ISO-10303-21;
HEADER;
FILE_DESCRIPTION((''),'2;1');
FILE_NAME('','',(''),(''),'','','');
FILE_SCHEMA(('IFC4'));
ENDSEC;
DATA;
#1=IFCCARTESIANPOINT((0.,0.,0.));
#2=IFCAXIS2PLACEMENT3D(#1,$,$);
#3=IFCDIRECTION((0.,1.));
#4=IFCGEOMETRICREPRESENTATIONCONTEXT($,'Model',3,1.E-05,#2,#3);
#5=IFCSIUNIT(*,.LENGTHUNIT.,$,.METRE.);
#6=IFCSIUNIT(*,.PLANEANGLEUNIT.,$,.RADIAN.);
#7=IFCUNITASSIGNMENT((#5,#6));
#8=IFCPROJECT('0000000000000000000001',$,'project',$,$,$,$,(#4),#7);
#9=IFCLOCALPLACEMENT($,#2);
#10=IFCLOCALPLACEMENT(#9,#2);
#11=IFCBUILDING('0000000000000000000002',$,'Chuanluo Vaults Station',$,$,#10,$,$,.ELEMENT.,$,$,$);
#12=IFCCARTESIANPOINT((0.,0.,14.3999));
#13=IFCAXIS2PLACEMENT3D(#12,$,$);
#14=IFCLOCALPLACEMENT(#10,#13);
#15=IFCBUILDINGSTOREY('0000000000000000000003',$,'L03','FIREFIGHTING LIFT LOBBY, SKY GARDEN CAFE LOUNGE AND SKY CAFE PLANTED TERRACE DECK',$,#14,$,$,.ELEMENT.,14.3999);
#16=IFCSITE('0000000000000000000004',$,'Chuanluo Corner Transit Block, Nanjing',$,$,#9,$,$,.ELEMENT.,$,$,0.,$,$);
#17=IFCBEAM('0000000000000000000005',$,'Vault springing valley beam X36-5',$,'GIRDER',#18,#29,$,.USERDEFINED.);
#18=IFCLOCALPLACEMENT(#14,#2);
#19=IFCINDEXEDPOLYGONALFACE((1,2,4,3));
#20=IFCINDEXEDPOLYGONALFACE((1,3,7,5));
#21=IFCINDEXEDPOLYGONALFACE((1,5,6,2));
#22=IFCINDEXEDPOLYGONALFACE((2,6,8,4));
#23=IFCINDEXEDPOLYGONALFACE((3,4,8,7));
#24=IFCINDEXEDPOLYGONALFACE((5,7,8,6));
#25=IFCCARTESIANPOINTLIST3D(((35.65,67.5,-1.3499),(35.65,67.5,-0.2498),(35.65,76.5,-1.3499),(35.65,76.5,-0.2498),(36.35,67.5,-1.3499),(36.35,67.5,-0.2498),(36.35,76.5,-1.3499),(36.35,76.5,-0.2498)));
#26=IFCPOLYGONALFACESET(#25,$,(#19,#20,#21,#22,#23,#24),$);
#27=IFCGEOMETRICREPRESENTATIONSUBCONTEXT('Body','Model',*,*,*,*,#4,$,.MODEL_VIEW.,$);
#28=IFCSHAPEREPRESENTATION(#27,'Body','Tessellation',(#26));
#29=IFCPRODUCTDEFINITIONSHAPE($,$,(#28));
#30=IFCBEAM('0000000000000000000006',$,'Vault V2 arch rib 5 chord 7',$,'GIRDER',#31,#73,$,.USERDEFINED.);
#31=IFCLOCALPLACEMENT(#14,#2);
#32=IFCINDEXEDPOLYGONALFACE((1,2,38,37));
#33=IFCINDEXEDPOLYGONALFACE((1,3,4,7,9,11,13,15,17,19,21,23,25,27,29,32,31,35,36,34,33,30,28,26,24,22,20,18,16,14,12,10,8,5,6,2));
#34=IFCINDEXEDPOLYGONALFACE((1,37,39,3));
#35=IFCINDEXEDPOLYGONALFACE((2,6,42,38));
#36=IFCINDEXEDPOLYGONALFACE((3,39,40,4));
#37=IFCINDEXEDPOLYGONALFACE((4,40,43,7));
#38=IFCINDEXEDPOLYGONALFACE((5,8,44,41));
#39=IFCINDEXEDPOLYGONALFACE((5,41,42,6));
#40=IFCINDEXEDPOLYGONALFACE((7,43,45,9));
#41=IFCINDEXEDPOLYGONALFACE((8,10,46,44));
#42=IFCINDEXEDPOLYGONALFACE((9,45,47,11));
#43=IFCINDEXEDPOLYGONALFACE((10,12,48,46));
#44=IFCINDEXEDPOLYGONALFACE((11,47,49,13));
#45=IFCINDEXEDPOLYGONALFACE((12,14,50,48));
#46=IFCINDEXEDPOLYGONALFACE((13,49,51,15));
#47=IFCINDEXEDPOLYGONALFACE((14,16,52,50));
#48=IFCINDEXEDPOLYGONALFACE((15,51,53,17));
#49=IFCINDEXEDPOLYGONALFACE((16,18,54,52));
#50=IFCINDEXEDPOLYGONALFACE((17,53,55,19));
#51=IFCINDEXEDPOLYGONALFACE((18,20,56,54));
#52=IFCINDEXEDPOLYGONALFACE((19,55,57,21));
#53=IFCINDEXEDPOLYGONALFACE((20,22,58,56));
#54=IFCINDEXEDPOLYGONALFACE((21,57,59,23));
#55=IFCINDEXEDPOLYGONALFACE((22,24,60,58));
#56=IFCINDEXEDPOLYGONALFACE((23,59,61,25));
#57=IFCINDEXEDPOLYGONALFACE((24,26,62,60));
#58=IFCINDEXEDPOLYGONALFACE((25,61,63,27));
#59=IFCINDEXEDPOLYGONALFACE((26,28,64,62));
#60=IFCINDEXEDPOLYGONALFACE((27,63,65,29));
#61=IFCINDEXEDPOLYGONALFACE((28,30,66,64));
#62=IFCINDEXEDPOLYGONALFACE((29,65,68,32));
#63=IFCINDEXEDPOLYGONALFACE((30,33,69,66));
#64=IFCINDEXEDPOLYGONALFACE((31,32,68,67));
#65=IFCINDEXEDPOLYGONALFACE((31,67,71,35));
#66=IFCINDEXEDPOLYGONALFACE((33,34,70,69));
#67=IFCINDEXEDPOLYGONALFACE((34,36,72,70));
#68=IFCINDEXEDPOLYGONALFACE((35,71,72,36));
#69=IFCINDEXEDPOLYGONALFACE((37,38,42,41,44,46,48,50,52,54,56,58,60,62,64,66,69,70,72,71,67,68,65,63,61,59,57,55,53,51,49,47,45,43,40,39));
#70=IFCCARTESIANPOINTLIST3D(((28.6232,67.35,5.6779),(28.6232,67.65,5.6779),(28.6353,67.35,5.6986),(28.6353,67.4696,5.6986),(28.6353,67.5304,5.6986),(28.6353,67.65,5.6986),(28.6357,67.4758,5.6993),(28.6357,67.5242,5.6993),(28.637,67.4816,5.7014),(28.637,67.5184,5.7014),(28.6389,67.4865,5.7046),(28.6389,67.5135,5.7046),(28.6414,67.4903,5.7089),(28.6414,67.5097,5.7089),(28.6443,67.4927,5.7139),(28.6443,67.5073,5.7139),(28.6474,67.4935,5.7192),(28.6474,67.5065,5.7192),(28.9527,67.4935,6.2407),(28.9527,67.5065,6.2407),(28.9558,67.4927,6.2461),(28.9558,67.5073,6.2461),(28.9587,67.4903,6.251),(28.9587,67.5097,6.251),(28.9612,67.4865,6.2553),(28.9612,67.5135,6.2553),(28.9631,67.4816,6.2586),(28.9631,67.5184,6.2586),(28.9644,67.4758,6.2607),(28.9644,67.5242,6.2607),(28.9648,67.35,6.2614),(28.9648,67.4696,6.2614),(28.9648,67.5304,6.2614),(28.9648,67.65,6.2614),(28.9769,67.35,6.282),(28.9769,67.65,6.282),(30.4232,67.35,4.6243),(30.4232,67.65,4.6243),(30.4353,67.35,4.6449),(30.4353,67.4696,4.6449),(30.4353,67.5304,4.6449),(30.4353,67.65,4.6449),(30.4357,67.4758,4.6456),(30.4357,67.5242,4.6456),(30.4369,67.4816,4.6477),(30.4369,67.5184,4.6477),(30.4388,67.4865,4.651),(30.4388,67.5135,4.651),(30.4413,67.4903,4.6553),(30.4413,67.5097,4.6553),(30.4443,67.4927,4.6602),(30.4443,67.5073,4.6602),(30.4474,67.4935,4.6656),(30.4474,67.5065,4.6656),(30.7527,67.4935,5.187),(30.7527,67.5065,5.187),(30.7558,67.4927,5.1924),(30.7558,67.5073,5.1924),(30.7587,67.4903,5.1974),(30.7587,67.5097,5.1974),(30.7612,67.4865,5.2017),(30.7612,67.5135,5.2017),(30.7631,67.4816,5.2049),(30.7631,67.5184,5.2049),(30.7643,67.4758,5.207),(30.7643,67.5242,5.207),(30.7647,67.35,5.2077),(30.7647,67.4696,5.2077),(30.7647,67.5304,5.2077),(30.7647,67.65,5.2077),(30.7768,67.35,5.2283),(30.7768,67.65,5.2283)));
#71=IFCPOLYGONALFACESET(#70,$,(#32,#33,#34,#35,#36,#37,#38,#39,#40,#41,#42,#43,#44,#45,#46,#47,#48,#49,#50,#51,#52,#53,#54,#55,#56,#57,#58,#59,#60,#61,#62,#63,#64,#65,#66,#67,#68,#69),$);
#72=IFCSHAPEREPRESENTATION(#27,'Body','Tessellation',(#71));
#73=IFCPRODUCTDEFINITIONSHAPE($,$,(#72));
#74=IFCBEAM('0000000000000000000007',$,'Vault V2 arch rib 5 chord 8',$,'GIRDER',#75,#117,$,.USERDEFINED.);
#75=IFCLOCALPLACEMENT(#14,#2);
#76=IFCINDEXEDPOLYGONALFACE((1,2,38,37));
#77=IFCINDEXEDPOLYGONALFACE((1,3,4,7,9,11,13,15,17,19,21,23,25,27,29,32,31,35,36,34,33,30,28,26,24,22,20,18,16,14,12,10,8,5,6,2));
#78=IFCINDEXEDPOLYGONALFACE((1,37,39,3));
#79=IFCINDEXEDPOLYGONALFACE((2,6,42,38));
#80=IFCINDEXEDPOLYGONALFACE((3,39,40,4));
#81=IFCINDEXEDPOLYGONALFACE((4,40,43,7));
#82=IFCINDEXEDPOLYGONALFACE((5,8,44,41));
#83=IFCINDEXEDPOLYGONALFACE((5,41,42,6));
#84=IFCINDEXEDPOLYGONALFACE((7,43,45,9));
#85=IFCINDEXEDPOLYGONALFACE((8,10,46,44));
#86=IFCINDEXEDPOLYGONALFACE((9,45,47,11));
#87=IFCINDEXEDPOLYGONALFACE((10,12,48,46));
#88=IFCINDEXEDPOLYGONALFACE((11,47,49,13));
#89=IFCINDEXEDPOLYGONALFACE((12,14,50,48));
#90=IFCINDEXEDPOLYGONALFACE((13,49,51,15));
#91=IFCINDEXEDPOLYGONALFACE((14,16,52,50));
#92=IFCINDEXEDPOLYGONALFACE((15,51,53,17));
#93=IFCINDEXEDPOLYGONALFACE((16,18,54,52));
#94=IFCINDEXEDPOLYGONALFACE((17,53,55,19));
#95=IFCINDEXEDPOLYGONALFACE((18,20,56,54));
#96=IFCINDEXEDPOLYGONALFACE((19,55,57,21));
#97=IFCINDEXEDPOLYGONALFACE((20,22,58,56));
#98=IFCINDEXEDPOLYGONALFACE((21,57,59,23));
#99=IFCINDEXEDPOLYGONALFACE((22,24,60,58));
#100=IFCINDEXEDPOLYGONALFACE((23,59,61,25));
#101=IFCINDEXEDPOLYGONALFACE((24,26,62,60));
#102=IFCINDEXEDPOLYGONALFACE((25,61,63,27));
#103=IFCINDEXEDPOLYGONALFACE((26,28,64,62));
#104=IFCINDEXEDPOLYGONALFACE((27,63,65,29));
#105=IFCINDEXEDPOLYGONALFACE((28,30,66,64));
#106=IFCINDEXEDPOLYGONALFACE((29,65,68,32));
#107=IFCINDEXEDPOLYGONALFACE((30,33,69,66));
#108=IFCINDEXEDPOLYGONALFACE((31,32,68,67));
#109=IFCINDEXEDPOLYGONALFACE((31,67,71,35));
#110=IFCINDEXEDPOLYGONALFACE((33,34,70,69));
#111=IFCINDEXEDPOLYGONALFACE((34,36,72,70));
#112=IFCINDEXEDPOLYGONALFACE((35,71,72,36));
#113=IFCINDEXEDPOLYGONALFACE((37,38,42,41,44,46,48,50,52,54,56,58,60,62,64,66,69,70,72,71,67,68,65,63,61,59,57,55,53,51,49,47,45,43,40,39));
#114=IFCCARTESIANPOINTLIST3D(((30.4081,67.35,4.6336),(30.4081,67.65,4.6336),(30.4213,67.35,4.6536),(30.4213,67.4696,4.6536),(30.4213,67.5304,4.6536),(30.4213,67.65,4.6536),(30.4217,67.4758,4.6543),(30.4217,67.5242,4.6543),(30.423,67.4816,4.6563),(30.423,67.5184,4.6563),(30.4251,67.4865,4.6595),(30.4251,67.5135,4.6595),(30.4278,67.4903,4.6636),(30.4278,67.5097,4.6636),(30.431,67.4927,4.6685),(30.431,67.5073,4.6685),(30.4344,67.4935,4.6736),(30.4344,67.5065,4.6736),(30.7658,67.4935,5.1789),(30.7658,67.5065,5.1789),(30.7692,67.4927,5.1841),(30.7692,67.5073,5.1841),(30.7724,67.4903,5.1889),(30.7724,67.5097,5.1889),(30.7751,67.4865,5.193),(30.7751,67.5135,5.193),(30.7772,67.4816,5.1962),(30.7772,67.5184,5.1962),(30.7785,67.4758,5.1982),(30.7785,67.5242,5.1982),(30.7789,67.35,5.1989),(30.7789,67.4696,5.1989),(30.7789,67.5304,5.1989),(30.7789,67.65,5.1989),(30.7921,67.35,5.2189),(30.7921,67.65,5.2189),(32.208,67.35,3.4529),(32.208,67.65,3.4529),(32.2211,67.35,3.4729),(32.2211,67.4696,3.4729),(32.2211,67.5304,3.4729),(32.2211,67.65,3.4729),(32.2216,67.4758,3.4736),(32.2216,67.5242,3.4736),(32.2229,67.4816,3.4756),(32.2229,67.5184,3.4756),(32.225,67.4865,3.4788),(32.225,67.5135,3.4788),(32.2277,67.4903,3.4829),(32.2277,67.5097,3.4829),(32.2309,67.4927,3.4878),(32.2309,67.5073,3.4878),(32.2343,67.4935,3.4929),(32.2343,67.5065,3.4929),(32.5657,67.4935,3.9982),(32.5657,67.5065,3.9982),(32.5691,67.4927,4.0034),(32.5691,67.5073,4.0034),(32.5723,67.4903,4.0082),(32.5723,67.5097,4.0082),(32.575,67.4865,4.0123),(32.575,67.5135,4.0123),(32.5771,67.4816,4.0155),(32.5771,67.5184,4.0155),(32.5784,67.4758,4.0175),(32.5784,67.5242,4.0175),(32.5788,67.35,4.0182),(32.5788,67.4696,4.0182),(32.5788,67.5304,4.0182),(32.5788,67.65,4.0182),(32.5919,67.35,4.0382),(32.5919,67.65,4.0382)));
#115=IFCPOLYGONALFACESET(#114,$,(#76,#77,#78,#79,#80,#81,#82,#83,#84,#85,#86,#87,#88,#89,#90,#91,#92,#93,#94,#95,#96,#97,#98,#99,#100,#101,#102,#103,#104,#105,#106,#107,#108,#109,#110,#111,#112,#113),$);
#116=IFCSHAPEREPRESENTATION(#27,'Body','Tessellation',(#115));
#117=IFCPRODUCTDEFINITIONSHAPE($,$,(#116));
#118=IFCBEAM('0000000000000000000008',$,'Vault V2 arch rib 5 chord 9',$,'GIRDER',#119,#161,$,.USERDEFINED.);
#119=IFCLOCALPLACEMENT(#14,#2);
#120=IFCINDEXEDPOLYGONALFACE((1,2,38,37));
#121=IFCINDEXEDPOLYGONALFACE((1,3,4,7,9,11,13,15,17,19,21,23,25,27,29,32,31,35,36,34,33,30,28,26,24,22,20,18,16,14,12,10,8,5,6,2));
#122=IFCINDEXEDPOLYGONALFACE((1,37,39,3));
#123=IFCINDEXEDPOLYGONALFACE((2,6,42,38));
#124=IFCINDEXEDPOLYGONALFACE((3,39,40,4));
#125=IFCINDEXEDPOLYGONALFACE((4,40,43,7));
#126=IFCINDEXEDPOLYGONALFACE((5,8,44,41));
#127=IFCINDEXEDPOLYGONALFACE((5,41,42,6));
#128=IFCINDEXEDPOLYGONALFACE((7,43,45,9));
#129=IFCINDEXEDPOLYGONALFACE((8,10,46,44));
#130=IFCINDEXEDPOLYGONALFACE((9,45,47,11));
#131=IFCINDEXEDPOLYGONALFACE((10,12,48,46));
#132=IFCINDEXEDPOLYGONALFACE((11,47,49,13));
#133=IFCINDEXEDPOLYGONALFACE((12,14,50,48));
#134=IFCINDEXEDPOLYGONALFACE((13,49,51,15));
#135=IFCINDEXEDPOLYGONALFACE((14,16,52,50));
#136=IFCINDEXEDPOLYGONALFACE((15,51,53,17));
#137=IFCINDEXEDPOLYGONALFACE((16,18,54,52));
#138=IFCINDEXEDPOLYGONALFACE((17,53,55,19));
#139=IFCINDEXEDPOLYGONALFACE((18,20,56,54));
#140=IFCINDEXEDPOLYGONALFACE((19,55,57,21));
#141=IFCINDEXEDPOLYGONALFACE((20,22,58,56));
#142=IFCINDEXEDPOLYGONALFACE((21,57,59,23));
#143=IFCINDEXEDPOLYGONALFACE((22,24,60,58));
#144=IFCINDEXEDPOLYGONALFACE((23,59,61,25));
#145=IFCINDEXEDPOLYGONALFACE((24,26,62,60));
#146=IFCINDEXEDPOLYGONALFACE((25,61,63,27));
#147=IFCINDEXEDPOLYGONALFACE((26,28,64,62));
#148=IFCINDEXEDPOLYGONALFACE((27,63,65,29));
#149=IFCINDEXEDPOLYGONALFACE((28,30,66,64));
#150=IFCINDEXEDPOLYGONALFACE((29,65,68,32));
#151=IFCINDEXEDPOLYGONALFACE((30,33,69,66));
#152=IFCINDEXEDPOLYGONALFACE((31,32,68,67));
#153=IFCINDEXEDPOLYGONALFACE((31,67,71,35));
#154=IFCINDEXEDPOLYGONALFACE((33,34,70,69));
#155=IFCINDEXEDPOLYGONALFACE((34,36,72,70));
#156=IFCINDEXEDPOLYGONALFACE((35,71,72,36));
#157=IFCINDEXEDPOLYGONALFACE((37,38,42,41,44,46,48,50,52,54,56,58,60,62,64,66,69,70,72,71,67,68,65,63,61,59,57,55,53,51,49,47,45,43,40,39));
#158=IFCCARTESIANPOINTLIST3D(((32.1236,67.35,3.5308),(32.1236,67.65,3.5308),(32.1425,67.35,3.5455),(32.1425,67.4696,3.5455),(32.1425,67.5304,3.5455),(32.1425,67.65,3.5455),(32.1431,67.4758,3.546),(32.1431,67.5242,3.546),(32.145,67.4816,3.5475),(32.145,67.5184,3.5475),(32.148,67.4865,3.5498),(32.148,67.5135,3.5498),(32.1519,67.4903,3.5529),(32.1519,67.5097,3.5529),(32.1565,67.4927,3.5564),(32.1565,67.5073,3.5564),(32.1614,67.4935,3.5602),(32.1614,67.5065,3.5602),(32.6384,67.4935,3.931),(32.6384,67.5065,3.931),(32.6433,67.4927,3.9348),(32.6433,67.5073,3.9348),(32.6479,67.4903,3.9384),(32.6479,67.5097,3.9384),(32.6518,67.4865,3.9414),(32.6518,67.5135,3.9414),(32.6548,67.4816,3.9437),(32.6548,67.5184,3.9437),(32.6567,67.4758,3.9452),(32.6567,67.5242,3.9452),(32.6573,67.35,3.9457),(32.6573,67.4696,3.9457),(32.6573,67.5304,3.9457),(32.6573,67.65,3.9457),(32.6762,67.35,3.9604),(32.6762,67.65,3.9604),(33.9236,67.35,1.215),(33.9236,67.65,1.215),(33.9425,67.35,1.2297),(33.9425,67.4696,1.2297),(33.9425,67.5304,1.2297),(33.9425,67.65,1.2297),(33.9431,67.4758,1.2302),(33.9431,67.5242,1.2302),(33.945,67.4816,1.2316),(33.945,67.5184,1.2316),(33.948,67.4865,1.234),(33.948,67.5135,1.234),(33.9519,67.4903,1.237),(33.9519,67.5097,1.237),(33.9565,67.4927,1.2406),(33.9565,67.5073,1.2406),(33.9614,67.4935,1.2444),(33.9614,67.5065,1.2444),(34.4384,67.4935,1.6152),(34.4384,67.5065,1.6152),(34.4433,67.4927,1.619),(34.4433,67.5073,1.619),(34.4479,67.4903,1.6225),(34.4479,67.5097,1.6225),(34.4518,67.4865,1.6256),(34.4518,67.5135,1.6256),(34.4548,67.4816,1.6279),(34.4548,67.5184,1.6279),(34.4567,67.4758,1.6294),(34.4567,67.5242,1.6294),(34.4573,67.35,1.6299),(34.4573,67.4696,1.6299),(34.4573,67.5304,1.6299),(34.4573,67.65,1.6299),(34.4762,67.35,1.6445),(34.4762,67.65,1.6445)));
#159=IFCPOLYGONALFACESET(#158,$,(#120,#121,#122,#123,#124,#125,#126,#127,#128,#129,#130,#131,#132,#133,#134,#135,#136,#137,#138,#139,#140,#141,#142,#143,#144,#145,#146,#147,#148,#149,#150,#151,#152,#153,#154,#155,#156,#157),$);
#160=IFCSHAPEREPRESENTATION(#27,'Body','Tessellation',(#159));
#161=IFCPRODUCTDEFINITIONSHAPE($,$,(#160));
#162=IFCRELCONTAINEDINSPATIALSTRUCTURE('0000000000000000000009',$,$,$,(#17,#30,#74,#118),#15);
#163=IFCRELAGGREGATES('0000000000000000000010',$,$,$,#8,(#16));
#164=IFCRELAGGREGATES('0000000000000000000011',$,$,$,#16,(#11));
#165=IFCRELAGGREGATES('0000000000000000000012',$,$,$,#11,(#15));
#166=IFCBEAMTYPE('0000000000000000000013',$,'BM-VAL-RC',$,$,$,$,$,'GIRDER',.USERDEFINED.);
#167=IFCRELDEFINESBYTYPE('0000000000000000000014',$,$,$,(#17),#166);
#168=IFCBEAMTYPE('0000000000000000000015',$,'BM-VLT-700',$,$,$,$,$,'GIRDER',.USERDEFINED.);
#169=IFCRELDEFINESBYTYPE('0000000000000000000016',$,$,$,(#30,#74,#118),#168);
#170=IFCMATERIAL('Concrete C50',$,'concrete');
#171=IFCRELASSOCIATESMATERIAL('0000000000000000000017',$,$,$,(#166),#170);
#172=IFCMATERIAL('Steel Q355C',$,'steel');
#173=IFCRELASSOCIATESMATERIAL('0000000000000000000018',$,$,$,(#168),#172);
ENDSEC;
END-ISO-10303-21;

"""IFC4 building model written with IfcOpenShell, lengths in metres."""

from ifc_helpers import new_model, si_unit, direction, frame, origin, origin_2d, place, context, subcontext, project, spatial, rectangle, i_section, extrude, material, material_profile, profile_set, type_object, element, save


model = new_model("IFC4")

# Units and contexts
model_context = context("Model", 3, precision=1e-05, world=origin(), true_north=direction((0.0, 1.0)))
body_context = subcontext(model_context, "Body", "Model", "MODEL_VIEW")
ifc_project = project(units=[si_unit("LENGTHUNIT", "METRE"), si_unit("PLANEANGLEUNIT", "RADIAN")], contexts=[model_context])

# Site, building, storey
site_placement = place(None, origin())
site = spatial("IfcSite", under=ifc_project, at=site_placement, Name="Chuanluo Corner Transit Block, Nanjing", CompositionType="ELEMENT", RefElevation=0.0)
building_placement = place(site_placement, origin())
building = spatial("IfcBuilding", under=site, at=building_placement, Name="Chuanluo Vaults Station", CompositionType="ELEMENT")
storey_placement = place(building_placement, frame((0.0, 0.0, 14.3999)))
storey = spatial("IfcBuildingStorey", under=building, at=storey_placement, Name="L03", Description="FIREFIGHTING LIFT LOBBY, SKY GARDEN CAFE LOUNGE AND SKY CAFE PLANTED TERRACE DECK", CompositionType="ELEMENT", Elevation=14.3999)

# Beams
ifc_material_1 = material(Name="Concrete C50", Category="concrete")
ifc_material_profile_1 = material_profile(ifc_material_1, rectangle(XDim=0.7, YDim=1.1001, at=origin_2d()))
ifc_profile_set_1 = profile_set([ifc_material_profile_1], Name="Concrete C50")
beam_type_1 = type_object("IfcBeamType", Name="BM-VAL-RC", ElementType="GIRDER", PredefinedType="USERDEFINED", material=ifc_profile_set_1)
beam_1_placement = place(storey_placement, frame((36.0, 67.5, -0.7998), z_axis=(0.0, 1.0, 0.0), x_axis=(-1.0, 0.0, 0.0)))
element("IfcBeam", 1, at=beam_1_placement, inside=storey, type_object=beam_type_1, Name="Vault springing valley beam X36-5", ObjectType="GIRDER", PredefinedType="USERDEFINED", context=body_context, shape_type="SweptSolid", body=[
    extrude(rectangle(XDim=0.7, YDim=1.1001, at=origin_2d()), origin(), (0.0, 0.0, 1.0), 9.0),
])
ifc_material_2 = material(Name="Steel Q355C", Category="steel")
ifc_material_profile_2 = material_profile(ifc_material_2, i_section(OverallWidth=0.3, OverallDepth=0.7, WebThickness=0.0129, FlangeThickness=0.0239, FilletRadius=0.0239, at=origin_2d()))
ifc_profile_set_2 = profile_set([ifc_material_profile_2], Name="Steel Q355C")
beam_type_2 = type_object("IfcBeamType", Name="BM-VLT-700", ElementType="GIRDER", PredefinedType="USERDEFINED", material=ifc_profile_set_2)
beam_2_placement = place(storey_placement, frame((28.8, 67.5, 5.98), z_axis=(0.863009, 0.0, -0.505188), x_axis=(0.0, 1.0, 0.0)))
element("IfcBeam", 2, at=beam_2_placement, inside=storey, type_object=beam_type_2, Name="Vault V2 arch rib 5 chord 7", ObjectType="GIRDER", PredefinedType="USERDEFINED", context=body_context, shape_type="SweptSolid", body=[
    extrude(i_section(OverallWidth=0.3, OverallDepth=0.7, WebThickness=0.0129, FlangeThickness=0.0239, FilletRadius=0.0239, at=origin_2d()), origin(), (0.0, 0.0, 1.0), 2.0857),
])
beam_3_placement = place(storey_placement, frame((30.6001, 67.5, 4.9263), z_axis=(0.836145, 0.0, -0.548508), x_axis=(0.0, 1.0, 0.0)))
element("IfcBeam", 3, at=beam_3_placement, inside=storey, type_object=beam_type_2, Name="Vault V2 arch rib 5 chord 8", ObjectType="GIRDER", PredefinedType="USERDEFINED", context=body_context, shape_type="SweptSolid", body=[
    extrude(i_section(OverallWidth=0.3, OverallDepth=0.7, WebThickness=0.0129, FlangeThickness=0.0239, FilletRadius=0.0239, at=origin_2d()), origin(), (0.0, 0.0, 1.0), 2.1526),
])
beam_4_placement = place(storey_placement, frame((32.3999, 67.5, 3.7456), z_axis=(0.613681, 0.0, -0.789554), x_axis=(0.0, 1.0, 0.0)))
element("IfcBeam", 4, at=beam_4_placement, inside=storey, type_object=beam_type_2, Name="Vault V2 arch rib 5 chord 9", ObjectType="GIRDER", PredefinedType="USERDEFINED", context=body_context, shape_type="SweptSolid", body=[
    extrude(i_section(OverallWidth=0.3, OverallDepth=0.7, WebThickness=0.0129, FlangeThickness=0.0239, FilletRadius=0.0239, at=origin_2d()), origin(), (0.0, 0.0, 1.0), 2.9331),
])

save(model, "model.ifc")
